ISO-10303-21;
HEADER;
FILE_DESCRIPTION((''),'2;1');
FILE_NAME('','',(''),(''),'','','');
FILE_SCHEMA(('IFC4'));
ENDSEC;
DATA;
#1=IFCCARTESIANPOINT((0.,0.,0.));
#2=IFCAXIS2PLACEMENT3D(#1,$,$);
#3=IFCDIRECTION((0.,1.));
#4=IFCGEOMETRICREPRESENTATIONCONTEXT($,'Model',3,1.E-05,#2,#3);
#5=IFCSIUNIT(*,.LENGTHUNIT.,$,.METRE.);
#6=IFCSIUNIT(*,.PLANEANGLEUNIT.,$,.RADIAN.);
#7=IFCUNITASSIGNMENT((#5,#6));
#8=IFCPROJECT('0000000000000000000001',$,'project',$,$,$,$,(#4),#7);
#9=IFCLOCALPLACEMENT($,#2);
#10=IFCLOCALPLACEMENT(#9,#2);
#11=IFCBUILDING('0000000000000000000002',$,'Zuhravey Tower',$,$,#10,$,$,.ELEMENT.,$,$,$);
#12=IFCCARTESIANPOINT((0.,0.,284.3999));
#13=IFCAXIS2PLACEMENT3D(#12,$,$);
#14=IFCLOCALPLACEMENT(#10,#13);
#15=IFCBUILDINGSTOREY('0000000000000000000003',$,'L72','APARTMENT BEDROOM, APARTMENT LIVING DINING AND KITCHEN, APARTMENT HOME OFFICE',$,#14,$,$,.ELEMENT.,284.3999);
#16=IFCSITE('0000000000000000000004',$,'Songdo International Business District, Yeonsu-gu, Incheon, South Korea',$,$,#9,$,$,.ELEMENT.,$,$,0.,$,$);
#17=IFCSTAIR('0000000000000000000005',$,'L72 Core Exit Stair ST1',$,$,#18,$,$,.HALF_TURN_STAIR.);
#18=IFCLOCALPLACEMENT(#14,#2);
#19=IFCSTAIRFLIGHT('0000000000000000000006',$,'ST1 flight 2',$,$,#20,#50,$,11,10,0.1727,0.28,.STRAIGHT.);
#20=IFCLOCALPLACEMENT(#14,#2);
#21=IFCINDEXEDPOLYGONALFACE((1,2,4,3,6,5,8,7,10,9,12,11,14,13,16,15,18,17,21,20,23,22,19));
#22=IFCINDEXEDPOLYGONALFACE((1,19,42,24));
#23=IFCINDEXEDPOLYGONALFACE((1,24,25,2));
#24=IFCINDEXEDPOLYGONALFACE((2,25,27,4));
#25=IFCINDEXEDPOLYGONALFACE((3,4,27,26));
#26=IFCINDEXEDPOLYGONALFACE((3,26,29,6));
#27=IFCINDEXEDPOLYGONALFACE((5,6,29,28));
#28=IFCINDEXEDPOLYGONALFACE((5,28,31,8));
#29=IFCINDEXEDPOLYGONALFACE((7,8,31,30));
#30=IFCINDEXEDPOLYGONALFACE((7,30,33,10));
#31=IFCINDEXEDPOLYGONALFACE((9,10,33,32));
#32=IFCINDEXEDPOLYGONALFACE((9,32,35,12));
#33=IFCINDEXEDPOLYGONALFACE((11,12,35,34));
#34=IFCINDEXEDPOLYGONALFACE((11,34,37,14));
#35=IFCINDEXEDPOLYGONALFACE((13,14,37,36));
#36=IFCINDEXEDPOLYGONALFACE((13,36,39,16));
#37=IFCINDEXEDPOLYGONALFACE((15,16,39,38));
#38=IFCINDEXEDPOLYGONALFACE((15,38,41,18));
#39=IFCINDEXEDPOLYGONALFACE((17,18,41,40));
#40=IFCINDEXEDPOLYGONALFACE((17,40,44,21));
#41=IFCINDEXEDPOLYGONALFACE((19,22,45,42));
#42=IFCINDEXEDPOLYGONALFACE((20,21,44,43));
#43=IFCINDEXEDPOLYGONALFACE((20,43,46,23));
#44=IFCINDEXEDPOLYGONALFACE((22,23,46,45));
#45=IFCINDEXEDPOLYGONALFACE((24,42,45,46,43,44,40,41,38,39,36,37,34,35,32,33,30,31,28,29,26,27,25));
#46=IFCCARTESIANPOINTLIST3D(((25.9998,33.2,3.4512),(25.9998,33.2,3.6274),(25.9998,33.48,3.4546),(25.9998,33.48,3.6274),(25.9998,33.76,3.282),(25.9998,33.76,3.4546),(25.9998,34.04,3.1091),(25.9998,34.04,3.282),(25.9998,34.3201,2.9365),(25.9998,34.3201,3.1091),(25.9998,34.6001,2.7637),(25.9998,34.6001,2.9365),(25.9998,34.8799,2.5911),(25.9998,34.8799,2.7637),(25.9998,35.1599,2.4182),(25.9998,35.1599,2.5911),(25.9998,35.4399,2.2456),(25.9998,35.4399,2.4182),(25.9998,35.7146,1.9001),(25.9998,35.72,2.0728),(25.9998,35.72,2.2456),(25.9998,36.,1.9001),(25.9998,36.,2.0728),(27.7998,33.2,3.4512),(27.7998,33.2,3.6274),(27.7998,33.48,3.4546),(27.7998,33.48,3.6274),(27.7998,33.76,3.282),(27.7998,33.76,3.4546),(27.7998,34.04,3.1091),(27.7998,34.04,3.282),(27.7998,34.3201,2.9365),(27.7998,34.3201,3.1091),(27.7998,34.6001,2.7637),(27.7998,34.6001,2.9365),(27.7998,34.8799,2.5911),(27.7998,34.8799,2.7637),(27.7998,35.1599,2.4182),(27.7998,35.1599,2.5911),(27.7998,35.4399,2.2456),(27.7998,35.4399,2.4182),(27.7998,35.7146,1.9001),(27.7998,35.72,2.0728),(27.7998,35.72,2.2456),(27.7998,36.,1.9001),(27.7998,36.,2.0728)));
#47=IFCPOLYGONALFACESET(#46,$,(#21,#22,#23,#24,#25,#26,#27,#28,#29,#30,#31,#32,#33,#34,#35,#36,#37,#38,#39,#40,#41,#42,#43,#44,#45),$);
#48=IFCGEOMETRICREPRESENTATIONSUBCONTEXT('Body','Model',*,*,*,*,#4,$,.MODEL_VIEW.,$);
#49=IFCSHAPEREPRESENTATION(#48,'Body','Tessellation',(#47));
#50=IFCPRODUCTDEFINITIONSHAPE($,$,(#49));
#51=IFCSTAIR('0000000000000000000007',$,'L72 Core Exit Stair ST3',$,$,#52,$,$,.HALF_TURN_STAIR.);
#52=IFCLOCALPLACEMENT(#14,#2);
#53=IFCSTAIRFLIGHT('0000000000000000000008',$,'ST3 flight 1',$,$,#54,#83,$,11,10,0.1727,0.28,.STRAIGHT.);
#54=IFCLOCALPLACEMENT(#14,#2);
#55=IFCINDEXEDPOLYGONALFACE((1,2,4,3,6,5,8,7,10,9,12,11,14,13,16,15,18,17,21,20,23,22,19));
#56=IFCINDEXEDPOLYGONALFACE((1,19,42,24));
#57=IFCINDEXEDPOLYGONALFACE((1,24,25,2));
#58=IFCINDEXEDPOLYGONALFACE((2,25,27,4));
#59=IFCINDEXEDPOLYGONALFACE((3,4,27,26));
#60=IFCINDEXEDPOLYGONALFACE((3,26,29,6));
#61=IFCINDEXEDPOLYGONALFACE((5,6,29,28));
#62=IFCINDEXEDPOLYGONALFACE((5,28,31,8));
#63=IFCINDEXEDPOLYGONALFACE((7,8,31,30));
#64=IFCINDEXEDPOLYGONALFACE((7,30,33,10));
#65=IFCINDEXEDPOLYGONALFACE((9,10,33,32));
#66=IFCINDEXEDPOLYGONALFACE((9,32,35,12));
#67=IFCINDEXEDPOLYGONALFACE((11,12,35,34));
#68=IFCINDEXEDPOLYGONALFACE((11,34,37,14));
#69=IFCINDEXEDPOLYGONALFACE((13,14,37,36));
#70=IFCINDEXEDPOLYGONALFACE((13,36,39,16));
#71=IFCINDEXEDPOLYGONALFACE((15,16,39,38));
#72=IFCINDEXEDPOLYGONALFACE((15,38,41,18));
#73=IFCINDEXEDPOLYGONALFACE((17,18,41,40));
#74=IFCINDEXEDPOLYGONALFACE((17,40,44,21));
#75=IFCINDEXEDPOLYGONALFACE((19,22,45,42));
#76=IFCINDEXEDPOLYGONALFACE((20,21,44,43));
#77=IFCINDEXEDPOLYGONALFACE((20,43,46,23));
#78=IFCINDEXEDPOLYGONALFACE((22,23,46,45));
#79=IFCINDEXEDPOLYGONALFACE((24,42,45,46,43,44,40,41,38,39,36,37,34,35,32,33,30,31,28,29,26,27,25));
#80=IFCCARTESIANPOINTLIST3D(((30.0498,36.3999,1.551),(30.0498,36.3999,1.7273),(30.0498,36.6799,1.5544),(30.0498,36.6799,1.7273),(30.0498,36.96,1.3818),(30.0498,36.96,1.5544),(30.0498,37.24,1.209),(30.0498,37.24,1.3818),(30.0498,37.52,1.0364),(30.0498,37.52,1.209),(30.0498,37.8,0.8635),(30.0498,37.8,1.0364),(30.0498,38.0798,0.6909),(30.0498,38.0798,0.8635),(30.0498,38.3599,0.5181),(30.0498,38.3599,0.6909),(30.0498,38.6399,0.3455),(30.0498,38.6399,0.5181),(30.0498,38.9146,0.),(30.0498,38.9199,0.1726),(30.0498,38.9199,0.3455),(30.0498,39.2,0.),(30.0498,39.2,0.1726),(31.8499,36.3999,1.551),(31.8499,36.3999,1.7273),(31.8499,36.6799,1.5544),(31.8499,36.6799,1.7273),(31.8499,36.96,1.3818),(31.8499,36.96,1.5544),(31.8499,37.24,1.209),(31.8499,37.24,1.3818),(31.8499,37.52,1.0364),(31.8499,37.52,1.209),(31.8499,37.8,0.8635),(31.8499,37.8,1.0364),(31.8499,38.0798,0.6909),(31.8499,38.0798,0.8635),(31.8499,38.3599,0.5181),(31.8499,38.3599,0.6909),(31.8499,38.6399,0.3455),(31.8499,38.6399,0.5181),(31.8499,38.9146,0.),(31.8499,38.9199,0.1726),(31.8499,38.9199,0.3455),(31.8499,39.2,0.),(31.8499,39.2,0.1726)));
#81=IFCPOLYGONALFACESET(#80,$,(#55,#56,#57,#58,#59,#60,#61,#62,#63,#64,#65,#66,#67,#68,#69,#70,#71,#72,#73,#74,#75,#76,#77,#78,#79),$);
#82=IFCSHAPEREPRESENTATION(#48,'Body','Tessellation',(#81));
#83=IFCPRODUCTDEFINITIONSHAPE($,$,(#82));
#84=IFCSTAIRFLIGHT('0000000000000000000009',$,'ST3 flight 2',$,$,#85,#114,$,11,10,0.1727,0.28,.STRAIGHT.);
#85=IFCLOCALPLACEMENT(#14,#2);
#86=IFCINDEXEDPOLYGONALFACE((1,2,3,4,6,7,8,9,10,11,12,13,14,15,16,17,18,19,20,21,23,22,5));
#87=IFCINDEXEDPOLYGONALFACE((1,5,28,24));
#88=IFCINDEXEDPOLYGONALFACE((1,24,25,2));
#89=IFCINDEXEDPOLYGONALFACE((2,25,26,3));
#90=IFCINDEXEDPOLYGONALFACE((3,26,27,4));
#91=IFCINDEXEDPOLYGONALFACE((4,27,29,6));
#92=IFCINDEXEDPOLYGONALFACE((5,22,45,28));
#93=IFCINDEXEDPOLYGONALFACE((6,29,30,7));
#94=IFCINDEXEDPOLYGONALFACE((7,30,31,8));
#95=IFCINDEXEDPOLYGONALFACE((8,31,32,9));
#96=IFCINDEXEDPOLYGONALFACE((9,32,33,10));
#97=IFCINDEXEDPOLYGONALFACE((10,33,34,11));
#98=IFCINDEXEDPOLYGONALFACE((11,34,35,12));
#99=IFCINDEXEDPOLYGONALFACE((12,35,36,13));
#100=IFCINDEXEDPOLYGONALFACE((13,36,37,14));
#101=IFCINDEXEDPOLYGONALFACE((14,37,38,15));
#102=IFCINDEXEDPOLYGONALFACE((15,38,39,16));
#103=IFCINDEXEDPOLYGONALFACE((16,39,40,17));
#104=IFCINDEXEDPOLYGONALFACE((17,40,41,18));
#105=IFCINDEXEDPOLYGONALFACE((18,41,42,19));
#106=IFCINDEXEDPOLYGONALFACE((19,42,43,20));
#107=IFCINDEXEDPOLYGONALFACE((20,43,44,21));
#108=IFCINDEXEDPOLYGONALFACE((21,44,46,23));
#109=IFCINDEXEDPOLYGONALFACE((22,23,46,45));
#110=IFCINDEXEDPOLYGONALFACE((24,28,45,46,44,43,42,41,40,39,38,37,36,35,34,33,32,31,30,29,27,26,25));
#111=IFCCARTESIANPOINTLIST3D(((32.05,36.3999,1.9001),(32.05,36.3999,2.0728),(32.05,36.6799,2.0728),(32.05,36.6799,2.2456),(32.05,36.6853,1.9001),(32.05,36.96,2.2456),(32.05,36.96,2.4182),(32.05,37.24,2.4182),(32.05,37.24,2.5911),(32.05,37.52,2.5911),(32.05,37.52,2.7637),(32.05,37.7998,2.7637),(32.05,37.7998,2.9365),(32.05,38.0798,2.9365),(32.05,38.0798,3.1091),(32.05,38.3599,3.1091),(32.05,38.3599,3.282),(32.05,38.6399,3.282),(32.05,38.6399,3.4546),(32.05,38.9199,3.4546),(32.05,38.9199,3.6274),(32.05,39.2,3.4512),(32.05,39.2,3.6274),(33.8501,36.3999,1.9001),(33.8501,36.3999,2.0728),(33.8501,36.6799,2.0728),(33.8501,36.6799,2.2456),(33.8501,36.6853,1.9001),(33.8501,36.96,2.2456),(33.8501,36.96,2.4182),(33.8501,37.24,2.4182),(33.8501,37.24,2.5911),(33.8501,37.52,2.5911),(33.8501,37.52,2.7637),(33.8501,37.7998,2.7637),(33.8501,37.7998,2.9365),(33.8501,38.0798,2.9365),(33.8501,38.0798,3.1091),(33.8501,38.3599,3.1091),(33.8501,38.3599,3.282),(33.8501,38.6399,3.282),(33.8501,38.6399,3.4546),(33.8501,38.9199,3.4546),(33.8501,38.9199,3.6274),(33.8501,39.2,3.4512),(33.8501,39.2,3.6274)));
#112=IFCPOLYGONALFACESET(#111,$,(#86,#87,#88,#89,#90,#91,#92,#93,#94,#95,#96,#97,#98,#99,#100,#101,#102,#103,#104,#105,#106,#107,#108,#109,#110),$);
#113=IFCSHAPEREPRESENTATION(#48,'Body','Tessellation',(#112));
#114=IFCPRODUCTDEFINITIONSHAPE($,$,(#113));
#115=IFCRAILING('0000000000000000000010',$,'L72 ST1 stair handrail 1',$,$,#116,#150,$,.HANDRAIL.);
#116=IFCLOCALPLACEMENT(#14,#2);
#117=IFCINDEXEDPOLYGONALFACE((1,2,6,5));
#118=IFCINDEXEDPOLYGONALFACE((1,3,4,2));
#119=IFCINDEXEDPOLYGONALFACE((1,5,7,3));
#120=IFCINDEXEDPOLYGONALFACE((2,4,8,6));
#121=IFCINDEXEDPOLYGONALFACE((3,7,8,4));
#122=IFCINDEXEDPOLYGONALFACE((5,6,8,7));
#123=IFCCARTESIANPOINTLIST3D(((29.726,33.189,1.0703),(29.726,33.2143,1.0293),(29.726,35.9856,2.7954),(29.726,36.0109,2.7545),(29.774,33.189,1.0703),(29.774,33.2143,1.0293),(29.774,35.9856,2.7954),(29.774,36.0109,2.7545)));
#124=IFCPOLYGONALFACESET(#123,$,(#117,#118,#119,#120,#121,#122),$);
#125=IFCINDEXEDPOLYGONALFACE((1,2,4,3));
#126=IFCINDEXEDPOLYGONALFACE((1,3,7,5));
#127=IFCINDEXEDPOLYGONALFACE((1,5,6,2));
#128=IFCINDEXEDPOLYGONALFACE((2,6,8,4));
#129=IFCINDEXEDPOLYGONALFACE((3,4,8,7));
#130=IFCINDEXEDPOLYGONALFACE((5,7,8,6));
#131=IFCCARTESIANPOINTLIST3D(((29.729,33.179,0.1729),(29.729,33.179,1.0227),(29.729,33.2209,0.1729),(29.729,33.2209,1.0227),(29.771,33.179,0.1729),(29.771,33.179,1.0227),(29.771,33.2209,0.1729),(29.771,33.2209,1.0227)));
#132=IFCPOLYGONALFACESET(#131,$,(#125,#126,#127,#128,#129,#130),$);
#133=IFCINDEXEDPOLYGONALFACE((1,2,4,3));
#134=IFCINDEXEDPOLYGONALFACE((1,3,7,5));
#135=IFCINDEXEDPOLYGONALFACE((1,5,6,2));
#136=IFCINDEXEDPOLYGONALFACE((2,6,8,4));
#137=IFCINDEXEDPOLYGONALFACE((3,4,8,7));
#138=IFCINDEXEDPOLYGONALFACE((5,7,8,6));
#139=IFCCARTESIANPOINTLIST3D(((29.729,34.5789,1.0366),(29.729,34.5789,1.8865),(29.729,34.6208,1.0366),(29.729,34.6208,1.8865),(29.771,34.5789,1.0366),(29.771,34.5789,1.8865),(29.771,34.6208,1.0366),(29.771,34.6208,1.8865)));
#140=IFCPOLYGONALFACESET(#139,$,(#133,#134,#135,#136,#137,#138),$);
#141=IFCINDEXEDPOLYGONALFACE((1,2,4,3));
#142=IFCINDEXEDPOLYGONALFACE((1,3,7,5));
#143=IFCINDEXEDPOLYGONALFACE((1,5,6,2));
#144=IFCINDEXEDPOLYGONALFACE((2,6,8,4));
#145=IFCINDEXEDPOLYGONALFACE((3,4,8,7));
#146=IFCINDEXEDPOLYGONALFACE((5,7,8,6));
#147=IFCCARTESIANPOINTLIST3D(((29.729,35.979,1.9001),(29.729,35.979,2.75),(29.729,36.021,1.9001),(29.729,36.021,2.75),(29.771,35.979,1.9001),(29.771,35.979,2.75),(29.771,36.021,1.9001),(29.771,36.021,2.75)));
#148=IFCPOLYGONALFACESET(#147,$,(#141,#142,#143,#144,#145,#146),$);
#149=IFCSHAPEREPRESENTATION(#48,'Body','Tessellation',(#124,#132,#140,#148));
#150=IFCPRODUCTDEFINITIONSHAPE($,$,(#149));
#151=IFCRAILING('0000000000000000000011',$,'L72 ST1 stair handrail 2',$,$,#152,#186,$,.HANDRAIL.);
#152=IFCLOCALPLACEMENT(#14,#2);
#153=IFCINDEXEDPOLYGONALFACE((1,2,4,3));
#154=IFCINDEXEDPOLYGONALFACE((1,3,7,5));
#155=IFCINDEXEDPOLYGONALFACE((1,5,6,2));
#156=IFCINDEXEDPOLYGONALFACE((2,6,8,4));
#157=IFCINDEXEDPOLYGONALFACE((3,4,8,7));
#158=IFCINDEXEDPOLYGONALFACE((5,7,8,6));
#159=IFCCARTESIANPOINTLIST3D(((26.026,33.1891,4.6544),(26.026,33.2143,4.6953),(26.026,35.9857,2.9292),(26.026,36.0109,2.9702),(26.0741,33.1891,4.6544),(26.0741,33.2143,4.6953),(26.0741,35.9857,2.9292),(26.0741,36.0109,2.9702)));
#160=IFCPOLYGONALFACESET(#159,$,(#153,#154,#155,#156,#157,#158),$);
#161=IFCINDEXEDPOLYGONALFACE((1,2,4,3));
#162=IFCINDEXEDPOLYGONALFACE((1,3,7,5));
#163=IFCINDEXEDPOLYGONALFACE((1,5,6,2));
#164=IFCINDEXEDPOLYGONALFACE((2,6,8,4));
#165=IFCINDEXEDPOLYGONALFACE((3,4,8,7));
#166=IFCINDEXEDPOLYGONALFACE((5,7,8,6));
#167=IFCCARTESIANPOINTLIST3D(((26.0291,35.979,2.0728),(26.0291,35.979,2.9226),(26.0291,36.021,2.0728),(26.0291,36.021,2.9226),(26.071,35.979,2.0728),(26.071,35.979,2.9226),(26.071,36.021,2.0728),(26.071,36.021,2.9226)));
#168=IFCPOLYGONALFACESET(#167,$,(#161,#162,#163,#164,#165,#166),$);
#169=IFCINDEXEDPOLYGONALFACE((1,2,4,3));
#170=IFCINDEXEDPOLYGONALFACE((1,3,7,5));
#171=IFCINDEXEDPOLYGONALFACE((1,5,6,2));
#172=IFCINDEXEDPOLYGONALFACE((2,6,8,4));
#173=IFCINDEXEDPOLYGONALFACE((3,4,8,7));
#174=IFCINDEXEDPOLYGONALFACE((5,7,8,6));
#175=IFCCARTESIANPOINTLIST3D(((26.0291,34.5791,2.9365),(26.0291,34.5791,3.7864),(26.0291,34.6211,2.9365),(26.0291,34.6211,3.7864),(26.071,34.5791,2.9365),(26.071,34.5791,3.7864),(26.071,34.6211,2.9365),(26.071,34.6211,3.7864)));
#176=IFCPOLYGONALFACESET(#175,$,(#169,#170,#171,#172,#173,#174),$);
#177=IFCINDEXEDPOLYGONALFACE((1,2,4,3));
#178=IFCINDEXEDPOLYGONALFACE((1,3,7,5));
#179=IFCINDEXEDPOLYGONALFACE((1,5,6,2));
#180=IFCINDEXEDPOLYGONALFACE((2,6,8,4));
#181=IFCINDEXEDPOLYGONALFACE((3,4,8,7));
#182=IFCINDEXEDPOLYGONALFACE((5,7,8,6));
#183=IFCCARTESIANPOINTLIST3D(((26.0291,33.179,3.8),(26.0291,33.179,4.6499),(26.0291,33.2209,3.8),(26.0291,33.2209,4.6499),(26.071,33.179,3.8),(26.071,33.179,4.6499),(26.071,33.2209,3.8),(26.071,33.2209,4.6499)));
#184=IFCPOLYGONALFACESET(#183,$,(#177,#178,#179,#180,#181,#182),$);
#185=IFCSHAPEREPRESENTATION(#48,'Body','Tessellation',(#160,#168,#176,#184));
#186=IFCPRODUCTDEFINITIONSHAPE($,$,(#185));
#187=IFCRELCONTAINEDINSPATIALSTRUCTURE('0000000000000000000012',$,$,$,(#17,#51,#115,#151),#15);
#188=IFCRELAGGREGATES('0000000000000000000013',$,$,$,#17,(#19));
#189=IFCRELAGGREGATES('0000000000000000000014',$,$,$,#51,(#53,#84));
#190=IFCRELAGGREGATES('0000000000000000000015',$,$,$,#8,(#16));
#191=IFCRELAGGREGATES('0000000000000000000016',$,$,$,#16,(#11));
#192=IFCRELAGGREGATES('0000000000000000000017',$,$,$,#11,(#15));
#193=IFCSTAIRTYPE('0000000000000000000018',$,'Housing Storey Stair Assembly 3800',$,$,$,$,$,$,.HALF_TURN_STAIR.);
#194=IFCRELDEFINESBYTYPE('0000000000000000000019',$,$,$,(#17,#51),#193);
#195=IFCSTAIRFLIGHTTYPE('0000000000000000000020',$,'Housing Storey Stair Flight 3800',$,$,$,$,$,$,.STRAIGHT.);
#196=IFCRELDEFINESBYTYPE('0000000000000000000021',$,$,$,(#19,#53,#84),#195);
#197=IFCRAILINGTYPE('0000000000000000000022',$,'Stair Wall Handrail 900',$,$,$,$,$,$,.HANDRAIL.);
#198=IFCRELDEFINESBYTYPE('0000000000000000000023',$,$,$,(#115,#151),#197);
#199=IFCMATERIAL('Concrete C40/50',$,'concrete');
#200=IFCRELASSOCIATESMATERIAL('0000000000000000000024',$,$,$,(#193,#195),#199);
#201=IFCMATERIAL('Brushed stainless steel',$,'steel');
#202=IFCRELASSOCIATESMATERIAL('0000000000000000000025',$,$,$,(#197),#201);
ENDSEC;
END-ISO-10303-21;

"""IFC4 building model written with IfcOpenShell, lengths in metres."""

from ifc_helpers import new_model, si_unit, direction, frame, origin, origin_2d, place, context, subcontext, project, spatial, polyline, rectangle, outline, extrude, material, type_object, element, aggregate, save


model = new_model("IFC4")

# Units and contexts
model_context = context("Model", 3, precision=1e-05, world=origin(), true_north=direction((0.0, 1.0)))
body_context = subcontext(model_context, "Body", "Model", "MODEL_VIEW")
ifc_project = project(units=[si_unit("LENGTHUNIT", "METRE"), si_unit("PLANEANGLEUNIT", "RADIAN")], contexts=[model_context])

# Site, building, storey
site_placement = place(None, origin())
site = spatial("IfcSite", under=ifc_project, at=site_placement, Name="Songdo International Business District, Yeonsu-gu, Incheon, South Korea", CompositionType="ELEMENT", RefElevation=0.0)
building_placement = place(site_placement, origin())
building = spatial("IfcBuilding", under=site, at=building_placement, Name="Zuhravey Tower", CompositionType="ELEMENT")
storey_placement = place(building_placement, frame((0.0, 0.0, 284.3999)))
storey = spatial("IfcBuildingStorey", under=building, at=storey_placement, Name="L72", Description="APARTMENT BEDROOM, APARTMENT LIVING DINING AND KITCHEN, APARTMENT HOME OFFICE", CompositionType="ELEMENT", Elevation=284.3999)

# Stairs, stair flights
ifc_material_1 = material(Name="Concrete C40/50", Category="concrete")
stair_type = type_object("IfcStairType", Name="Housing Storey Stair Assembly 3800", PredefinedType="HALF_TURN_STAIR", material=ifc_material_1)
stair_1_placement = place(storey_placement, origin())
stair_1 = element("IfcStair", 1, at=stair_1_placement, inside=storey, type_object=stair_type, Name="L72 Core Exit Stair ST1", PredefinedType="HALF_TURN_STAIR")
stair_flight_type = type_object("IfcStairFlightType", Name="Housing Storey Stair Flight 3800", PredefinedType="STRAIGHT", material=ifc_material_1)
stair_flight_1_placement = place(storey_placement, frame((26.8999, 36.0, 1.9001), z_axis=(0.0, 0.0, 1.0), x_axis=(0.0, -1.0, 0.0)))
stair_flight_1 = element("IfcStairFlight", 2, at=stair_flight_1_placement, type_object=stair_flight_type, Name="ST1 flight 2", NumberOfRisers=11, NumberOfTreads=10, PredefinedType="STRAIGHT", RiserHeight=0.1727, TreadLength=0.28, context=body_context, shape_type="SweptSolid", body=[
    extrude(outline(polyline([(0.0, 0.0), (0.0, 0.1726), (0.28, 0.1726), (0.28, 0.3455), (0.5601, 0.3455), (0.5601, 0.5181), (0.8401, 0.5181), (0.8401, 0.6909), (1.1201, 0.6909), (1.1201, 0.8635), (1.3999, 0.8635), (1.3999, 1.0364), (1.6799, 1.0364), (1.6799, 1.209), (1.96, 1.209), (1.96, 1.3818), (2.24, 1.3818), (2.24, 1.5544), (2.52, 1.5544), (2.52, 1.7273), (2.8, 1.7273), (2.8, 1.8999), (2.8, 1.551), (0.2854, 0.0), (0.0, 0.0)])), frame((0.0, 0.8999, 0.0), z_axis=(0.0, -1.0, 0.0), x_axis=(1.0, 0.0, 0.0)), (0.0, 0.0, 1.0), 1.8),
])
aggregate(stair_1, [stair_flight_1])
stair_2_placement = place(storey_placement, origin())
stair_2 = element("IfcStair", 3, at=stair_2_placement, inside=storey, type_object=stair_type, Name="L72 Core Exit Stair ST3", PredefinedType="HALF_TURN_STAIR")
stair_flight_2_placement = place(storey_placement, frame((30.95, 39.2, 0.0), z_axis=(0.0, 0.0, 1.0), x_axis=(0.0, -1.0, 0.0)))
stair_flight_2 = element("IfcStairFlight", 4, at=stair_flight_2_placement, type_object=stair_flight_type, Name="ST3 flight 1", NumberOfRisers=11, NumberOfTreads=10, PredefinedType="STRAIGHT", RiserHeight=0.1727, TreadLength=0.28, context=body_context, shape_type="SweptSolid", body=[
    extrude(outline(polyline([(0.0, 0.0), (0.0, 0.1726), (0.28, 0.1726), (0.28, 0.3455), (0.5601, 0.3455), (0.5601, 0.5181), (0.8401, 0.5181), (0.8401, 0.6909), (1.1201, 0.6909), (1.1201, 0.8635), (1.3999, 0.8635), (1.3999, 1.0364), (1.6799, 1.0364), (1.6799, 1.209), (1.96, 1.209), (1.96, 1.3818), (2.24, 1.3818), (2.24, 1.5544), (2.52, 1.5544), (2.52, 1.7273), (2.8, 1.7273), (2.8, 1.8999), (2.8, 1.551), (0.2854, 0.0), (0.0, 0.0)])), frame((0.0, 0.8999, 0.0), z_axis=(0.0, -1.0, 0.0), x_axis=(1.0, 0.0, 0.0)), (0.0, 0.0, 1.0), 1.8),
])
stair_flight_3_placement = place(storey_placement, frame((32.95, 36.3999, 1.9001), z_axis=(0.0, 0.0, 1.0), x_axis=(0.0, 1.0, 0.0)))
stair_flight_3 = element("IfcStairFlight", 5, at=stair_flight_3_placement, type_object=stair_flight_type, Name="ST3 flight 2", NumberOfRisers=11, NumberOfTreads=10, PredefinedType="STRAIGHT", RiserHeight=0.1727, TreadLength=0.28, context=body_context, shape_type="SweptSolid", body=[
    extrude(outline(polyline([(0.0, 0.0), (0.0, 0.1726), (0.28, 0.1726), (0.28, 0.3455), (0.5601, 0.3455), (0.5601, 0.5181), (0.8401, 0.5181), (0.8401, 0.6909), (1.1201, 0.6909), (1.1201, 0.8635), (1.3999, 0.8635), (1.3999, 1.0364), (1.6799, 1.0364), (1.6799, 1.209), (1.96, 1.209), (1.96, 1.3818), (2.24, 1.3818), (2.24, 1.5544), (2.52, 1.5544), (2.52, 1.7273), (2.8, 1.7273), (2.8, 1.8999), (2.8, 1.551), (0.2854, 0.0), (0.0, 0.0)])), frame((0.0, 0.8999, 0.0), z_axis=(0.0, -1.0, 0.0), x_axis=(1.0, 0.0, 0.0)), (0.0, 0.0, 1.0), 1.8),
])
aggregate(stair_2, [stair_flight_2, stair_flight_3])

# Railings
ifc_material_2 = material(Name="Brushed stainless steel", Category="steel")
railing_type_1 = type_object("IfcRailingType", Name="Stair Wall Handrail 900", PredefinedType="HANDRAIL", material=ifc_material_2)
railing_1_placement = place(storey_placement, frame((29.75, 33.2, 0.1729)))
element("IfcRailing", 6, at=railing_1_placement, inside=storey, type_object=railing_type_1, Name="L72 ST1 stair handrail 1", PredefinedType="HANDRAIL", context=body_context, shape_type="SweptSolid", body=[
    extrude(rectangle(XDim=0.0481, YDim=0.0481, at=origin_2d()), frame((0.0, 0.0017, 0.877), z_axis=(0.0, 0.85109, 0.52502), x_axis=(-1.0, 0.0, 0.0)), (0.0, 0.0, 1.0), 3.2859),
    extrude(rectangle(XDim=0.042, YDim=0.042, at=origin_2d()), origin(), (0.0, 0.0, 1.0), 0.8499),
    extrude(rectangle(XDim=0.042, YDim=0.042, at=origin_2d()), frame((0.0, 1.3999, 0.8638)), (0.0, 0.0, 1.0), 0.8499),
    extrude(rectangle(XDim=0.042, YDim=0.042, at=origin_2d()), frame((0.0, 2.8, 1.7273)), (0.0, 0.0, 1.0), 0.8499),
])
for number, where, name in (
    (7, (26.05, 36.0, 2.0728), "L72 ST1 stair handrail 2"),
):
    element("IfcRailing", number, at=place(storey_placement, frame(where)), inside=storey, type_object=railing_type_1, Name=name, PredefinedType="HANDRAIL", context=body_context, shape_type="SweptSolid", body=[
        extrude(rectangle(XDim=0.0481, YDim=0.0481, at=origin_2d()), frame((0.0, -0.0017, 0.877), z_axis=(0.0, -0.85109, 0.52502), x_axis=(1.0, 0.0, 0.0)), (0.0, 0.0, 1.0), 3.2859),
        extrude(rectangle(XDim=0.042, YDim=0.042, at=origin_2d()), origin(), (0.0, 0.0, 1.0), 0.8499),
        extrude(rectangle(XDim=0.042, YDim=0.042, at=origin_2d()), frame((0.0, -1.3999, 0.8638)), (0.0, 0.0, 1.0), 0.8499),
        extrude(rectangle(XDim=0.042, YDim=0.042, at=origin_2d()), frame((0.0, -2.8, 1.7273)), (0.0, 0.0, 1.0), 0.8499),
    ])

save(model, "model.ifc")
